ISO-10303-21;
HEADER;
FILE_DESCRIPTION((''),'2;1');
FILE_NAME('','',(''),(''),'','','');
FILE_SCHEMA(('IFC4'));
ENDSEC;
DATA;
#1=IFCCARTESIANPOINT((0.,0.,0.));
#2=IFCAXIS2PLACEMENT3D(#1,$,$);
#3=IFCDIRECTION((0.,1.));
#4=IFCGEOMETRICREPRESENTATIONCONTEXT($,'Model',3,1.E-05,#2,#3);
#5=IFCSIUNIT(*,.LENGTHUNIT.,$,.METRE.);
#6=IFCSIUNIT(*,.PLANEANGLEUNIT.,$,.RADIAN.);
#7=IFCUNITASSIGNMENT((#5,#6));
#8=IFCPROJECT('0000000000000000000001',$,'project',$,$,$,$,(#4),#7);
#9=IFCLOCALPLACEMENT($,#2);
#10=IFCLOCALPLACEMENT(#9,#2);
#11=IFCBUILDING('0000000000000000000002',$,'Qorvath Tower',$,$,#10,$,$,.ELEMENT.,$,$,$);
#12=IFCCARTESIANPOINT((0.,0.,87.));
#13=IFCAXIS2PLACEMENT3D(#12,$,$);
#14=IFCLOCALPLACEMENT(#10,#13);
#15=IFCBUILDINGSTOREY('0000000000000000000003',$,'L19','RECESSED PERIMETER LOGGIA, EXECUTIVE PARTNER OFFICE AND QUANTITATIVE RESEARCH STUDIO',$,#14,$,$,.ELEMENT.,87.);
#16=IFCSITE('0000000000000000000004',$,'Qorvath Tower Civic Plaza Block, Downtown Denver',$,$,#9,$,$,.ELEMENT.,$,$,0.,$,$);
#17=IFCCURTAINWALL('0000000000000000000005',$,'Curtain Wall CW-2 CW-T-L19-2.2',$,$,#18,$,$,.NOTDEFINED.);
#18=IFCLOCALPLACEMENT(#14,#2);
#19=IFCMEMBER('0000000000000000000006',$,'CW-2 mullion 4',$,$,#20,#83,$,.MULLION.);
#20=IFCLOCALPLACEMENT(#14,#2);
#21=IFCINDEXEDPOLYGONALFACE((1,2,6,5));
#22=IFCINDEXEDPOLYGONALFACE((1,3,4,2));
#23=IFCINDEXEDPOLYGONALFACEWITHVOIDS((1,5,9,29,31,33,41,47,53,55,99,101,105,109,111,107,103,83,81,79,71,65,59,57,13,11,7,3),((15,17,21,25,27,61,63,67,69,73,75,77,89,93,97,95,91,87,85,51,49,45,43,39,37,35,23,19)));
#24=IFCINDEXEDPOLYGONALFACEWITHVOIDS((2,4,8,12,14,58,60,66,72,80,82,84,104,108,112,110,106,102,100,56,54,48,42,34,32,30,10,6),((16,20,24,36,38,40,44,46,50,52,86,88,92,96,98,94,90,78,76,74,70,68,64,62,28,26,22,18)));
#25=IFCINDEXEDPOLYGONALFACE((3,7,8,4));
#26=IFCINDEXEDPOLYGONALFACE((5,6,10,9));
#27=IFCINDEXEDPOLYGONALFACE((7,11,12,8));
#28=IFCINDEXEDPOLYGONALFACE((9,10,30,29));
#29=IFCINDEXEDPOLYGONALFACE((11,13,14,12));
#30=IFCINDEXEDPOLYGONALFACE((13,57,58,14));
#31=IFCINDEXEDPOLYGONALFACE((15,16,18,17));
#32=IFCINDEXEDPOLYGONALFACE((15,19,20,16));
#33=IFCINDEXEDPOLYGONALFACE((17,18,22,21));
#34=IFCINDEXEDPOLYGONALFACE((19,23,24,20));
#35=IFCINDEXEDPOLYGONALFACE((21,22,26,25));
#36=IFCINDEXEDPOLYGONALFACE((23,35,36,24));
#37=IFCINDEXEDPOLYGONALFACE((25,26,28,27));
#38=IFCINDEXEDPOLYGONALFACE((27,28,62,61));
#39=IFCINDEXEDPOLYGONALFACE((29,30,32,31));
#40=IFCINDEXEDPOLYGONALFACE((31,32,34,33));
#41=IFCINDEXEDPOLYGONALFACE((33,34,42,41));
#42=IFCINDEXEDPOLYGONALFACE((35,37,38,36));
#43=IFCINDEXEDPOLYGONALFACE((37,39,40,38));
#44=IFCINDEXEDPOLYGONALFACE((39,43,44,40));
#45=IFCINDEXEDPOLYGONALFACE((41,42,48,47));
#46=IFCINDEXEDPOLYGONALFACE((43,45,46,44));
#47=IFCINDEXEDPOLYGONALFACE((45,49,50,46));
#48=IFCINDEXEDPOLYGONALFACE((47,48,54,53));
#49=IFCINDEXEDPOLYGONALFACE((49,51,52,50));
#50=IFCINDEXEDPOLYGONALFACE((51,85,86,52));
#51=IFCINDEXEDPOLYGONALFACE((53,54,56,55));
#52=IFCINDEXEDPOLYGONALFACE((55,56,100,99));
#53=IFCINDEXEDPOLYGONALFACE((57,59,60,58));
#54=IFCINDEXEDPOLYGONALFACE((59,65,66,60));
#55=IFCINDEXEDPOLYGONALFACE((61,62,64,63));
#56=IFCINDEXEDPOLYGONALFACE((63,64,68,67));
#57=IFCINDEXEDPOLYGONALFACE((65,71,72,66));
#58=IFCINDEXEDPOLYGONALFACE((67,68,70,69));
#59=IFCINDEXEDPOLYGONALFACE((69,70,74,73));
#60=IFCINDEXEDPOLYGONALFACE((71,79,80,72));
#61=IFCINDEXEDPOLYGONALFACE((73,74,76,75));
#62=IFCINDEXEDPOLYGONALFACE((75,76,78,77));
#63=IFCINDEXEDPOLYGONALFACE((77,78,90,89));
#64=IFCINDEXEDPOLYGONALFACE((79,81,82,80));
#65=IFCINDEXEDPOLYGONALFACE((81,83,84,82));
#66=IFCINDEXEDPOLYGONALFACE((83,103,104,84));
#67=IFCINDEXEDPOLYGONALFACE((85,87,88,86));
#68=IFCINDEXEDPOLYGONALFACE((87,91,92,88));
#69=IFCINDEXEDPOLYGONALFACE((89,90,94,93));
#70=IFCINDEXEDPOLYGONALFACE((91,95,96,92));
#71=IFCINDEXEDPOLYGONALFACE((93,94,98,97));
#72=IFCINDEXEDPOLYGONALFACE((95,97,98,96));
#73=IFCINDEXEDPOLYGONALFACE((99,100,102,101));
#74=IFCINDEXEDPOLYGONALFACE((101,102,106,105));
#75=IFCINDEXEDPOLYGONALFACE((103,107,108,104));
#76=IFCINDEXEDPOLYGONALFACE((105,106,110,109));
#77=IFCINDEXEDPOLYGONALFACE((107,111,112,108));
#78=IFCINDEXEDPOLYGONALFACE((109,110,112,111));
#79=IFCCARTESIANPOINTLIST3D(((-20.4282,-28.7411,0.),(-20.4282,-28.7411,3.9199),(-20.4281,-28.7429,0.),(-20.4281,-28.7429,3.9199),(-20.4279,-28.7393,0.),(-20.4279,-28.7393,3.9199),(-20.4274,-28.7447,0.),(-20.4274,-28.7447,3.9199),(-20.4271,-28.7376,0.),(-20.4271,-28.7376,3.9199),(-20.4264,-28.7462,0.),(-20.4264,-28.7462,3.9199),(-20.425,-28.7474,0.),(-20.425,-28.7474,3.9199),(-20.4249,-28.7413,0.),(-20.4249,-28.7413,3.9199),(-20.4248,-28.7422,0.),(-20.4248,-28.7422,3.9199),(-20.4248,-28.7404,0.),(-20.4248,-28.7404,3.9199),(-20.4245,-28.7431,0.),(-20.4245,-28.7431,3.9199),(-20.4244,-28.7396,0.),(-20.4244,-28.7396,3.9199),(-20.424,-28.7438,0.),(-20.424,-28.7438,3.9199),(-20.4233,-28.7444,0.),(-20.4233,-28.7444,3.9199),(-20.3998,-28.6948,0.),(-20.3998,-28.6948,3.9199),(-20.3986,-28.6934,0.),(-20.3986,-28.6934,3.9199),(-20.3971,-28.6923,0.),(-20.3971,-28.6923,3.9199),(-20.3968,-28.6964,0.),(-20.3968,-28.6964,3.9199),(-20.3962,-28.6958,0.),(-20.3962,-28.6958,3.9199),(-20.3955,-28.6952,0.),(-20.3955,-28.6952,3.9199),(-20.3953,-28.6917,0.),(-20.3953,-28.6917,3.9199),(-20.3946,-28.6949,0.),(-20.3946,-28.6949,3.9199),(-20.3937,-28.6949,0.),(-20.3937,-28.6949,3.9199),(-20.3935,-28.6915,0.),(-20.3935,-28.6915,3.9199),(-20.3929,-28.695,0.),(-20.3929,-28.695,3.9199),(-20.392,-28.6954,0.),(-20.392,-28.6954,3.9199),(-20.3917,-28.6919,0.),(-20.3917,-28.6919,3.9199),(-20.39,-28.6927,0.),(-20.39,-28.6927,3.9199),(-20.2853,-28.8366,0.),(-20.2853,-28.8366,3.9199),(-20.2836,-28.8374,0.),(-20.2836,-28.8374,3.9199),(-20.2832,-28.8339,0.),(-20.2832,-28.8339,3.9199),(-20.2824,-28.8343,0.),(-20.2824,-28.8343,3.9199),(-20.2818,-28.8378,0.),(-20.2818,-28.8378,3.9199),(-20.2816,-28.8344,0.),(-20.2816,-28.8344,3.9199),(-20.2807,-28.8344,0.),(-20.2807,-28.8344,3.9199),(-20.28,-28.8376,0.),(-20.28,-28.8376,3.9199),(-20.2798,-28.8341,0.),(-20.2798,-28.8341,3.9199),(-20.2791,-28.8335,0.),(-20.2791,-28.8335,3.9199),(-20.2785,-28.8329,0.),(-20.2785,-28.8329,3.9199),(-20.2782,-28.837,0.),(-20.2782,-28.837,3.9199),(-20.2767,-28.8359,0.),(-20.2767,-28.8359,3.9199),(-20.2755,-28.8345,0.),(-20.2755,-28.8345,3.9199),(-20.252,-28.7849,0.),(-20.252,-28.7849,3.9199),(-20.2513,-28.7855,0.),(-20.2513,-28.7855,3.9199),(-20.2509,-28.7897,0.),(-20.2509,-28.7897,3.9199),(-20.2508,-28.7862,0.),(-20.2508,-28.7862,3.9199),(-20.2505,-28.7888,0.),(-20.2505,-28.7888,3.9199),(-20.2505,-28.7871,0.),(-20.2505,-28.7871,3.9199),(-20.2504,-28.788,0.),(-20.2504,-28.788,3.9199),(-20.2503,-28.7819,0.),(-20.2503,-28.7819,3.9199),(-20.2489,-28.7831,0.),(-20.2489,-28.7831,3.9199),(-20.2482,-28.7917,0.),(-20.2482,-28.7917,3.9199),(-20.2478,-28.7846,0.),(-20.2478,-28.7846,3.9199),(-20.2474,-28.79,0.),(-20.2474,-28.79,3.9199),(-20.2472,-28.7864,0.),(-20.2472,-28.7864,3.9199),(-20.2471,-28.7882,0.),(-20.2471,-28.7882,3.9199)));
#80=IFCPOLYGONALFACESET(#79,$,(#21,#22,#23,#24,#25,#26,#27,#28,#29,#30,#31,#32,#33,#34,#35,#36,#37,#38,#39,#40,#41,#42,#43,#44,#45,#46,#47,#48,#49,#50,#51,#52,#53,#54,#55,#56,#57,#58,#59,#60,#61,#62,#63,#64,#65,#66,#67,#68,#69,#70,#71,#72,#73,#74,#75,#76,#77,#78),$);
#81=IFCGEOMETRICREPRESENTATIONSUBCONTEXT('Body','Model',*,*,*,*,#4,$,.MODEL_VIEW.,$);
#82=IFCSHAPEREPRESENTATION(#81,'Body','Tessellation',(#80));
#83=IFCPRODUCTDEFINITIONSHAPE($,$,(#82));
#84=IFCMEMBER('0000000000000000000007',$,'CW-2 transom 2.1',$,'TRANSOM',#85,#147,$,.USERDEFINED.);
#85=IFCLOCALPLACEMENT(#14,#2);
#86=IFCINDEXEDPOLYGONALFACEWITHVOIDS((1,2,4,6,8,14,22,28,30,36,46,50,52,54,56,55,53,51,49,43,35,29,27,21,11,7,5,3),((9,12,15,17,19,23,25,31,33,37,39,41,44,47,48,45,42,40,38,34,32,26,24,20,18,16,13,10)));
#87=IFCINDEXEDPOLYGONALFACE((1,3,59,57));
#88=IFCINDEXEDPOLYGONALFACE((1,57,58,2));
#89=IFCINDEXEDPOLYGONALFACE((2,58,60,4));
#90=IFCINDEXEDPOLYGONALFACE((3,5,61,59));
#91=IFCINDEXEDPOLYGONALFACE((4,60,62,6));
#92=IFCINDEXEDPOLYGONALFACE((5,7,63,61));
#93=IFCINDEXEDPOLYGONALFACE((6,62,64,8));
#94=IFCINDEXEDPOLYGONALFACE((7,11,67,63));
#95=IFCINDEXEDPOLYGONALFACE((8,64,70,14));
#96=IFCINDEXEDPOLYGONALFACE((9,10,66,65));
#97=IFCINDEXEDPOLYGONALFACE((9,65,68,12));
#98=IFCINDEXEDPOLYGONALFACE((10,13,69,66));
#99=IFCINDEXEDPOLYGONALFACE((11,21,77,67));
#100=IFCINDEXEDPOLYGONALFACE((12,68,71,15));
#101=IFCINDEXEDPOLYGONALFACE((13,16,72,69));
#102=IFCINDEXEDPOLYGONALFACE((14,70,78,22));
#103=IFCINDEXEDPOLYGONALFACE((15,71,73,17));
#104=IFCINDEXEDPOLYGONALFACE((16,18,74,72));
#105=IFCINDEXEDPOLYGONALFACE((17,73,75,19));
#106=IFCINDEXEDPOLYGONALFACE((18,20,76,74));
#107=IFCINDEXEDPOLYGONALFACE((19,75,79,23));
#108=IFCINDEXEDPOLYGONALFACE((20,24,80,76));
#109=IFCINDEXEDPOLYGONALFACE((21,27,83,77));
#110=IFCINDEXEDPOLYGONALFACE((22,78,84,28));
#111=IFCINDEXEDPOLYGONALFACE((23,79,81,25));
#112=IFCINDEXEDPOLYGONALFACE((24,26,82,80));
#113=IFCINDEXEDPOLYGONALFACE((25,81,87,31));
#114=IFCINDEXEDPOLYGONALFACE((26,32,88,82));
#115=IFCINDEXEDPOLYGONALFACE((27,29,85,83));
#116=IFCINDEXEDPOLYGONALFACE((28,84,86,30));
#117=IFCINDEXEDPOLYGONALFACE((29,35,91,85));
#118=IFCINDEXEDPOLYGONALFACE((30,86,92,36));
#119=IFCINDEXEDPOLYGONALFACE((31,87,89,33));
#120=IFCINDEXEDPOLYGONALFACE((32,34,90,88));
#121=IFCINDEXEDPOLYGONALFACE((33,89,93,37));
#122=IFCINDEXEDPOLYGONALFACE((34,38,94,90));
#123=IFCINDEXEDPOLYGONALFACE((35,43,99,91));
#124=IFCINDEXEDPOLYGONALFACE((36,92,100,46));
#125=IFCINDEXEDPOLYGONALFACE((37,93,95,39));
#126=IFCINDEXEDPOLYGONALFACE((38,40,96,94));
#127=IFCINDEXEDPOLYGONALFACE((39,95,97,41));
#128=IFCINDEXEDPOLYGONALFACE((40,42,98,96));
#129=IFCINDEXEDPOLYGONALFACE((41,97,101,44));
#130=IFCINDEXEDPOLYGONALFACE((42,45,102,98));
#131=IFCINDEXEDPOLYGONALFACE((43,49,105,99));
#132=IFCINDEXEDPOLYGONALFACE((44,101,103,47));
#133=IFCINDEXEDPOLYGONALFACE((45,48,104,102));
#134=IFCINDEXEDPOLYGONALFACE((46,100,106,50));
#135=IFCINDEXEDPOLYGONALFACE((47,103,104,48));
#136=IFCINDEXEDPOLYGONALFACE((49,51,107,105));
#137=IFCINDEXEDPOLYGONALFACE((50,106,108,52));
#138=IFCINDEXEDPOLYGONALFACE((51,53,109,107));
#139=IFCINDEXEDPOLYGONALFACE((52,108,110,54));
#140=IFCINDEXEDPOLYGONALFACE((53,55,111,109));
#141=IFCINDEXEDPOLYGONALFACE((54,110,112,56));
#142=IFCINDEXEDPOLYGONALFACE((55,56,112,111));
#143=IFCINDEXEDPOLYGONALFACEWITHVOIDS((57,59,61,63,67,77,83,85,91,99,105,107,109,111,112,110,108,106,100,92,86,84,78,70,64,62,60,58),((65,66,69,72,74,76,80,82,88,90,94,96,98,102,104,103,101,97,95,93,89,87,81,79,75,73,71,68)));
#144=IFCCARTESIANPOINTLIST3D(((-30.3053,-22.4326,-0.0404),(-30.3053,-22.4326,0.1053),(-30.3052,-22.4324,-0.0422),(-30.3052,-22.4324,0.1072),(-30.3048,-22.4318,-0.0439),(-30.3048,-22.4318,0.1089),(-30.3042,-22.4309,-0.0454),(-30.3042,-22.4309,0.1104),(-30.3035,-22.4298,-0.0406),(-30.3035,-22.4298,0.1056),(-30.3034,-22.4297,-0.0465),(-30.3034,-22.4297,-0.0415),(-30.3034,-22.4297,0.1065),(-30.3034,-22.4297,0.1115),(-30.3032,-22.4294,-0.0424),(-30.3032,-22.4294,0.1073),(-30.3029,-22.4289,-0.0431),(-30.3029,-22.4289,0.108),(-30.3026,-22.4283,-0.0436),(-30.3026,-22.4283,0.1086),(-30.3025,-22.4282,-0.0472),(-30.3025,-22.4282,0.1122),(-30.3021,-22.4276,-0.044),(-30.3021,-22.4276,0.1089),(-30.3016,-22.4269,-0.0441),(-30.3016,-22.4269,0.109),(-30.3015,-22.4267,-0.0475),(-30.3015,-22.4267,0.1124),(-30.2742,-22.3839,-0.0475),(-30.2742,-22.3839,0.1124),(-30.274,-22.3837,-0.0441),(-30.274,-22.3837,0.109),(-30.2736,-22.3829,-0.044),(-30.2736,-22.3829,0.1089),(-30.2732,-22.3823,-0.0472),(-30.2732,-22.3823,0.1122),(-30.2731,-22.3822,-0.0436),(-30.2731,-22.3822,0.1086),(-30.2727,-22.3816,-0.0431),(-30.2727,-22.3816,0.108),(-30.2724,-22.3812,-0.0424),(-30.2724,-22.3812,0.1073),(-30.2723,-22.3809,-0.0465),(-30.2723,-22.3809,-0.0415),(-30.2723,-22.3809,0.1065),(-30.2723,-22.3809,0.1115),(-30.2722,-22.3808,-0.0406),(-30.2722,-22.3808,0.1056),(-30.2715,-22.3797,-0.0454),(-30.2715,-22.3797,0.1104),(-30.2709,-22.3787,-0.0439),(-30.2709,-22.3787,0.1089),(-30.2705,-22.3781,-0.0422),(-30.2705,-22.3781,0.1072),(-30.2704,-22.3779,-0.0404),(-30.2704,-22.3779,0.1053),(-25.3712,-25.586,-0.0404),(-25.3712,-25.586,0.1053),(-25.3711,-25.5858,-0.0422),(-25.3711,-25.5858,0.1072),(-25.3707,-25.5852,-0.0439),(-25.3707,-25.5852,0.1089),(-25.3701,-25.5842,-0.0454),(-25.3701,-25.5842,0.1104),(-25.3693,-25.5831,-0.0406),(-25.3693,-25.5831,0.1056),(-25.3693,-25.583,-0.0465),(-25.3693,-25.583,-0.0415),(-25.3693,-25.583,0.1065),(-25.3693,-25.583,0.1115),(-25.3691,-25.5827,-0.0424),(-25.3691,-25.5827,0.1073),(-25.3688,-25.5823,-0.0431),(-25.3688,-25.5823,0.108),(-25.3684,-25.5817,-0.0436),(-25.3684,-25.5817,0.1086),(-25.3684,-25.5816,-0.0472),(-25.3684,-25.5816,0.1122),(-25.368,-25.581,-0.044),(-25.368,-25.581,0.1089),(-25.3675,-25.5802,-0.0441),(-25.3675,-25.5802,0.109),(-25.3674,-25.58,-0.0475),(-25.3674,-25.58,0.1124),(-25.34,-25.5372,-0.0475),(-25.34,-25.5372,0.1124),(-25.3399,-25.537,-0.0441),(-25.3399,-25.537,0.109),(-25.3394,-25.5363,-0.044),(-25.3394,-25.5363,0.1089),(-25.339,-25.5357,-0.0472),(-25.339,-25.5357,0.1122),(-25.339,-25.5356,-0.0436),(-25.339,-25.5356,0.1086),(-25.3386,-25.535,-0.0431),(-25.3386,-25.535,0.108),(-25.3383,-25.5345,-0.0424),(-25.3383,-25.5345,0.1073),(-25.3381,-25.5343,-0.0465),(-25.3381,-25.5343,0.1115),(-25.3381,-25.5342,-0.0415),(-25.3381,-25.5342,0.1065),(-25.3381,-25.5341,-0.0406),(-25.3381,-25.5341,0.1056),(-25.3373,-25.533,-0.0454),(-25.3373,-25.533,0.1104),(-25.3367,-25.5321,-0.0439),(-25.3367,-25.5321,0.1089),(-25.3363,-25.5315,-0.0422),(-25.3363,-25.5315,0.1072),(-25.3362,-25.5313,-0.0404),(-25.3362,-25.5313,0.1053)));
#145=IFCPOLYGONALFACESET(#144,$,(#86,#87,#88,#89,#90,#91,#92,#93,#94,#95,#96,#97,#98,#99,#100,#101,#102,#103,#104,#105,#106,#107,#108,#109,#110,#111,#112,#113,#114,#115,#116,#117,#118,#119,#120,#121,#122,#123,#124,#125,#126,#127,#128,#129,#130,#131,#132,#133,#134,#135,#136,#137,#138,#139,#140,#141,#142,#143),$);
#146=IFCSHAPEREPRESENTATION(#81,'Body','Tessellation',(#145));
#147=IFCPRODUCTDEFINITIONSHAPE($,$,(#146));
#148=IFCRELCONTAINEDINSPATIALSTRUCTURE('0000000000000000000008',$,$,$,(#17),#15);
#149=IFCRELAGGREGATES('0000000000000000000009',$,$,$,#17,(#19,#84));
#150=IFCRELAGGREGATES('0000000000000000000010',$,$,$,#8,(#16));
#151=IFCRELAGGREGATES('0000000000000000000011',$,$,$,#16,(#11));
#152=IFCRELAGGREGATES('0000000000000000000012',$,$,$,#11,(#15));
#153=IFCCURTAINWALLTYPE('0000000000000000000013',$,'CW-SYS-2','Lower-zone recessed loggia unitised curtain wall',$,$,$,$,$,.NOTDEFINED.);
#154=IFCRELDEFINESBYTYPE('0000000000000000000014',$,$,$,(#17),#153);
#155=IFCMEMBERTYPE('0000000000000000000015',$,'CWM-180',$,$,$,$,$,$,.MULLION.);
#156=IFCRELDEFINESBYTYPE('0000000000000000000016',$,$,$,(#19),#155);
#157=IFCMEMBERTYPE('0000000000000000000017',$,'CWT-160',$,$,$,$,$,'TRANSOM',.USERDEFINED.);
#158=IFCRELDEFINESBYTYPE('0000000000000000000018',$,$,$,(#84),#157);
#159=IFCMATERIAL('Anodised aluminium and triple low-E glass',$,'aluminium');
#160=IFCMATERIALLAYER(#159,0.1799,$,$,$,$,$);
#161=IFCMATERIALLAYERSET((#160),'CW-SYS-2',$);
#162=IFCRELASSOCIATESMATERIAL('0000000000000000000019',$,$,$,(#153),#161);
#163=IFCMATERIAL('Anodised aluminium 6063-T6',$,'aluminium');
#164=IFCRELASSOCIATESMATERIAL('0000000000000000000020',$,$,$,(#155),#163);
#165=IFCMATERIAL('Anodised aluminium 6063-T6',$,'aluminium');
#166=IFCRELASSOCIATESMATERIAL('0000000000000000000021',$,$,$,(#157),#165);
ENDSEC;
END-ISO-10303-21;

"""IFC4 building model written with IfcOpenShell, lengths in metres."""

from ifc_helpers import new_model, si_unit, direction, frame, origin, origin_2d, place, context, subcontext, project, spatial, hollow_rectangle, extrude, material, layer, layer_set, material_profile, profile_set, type_object, element, aggregate, save


model = new_model("IFC4")

# Units and contexts
model_context = context("Model", 3, precision=1e-05, world=origin(), true_north=direction((0.0, 1.0)))
body_context = subcontext(model_context, "Body", "Model", "MODEL_VIEW")
ifc_project = project(units=[si_unit("LENGTHUNIT", "METRE"), si_unit("PLANEANGLEUNIT", "RADIAN")], contexts=[model_context])

# Site, building, storey
site_placement = place(None, origin())
site = spatial("IfcSite", under=ifc_project, at=site_placement, Name="Qorvath Tower Civic Plaza Block, Downtown Denver", CompositionType="ELEMENT", RefElevation=0.0)
building_placement = place(site_placement, origin())
building = spatial("IfcBuilding", under=site, at=building_placement, Name="Qorvath Tower", CompositionType="ELEMENT")
storey_placement = place(building_placement, frame((0.0, 0.0, 87.0)))
storey = spatial("IfcBuildingStorey", under=building, at=storey_placement, Name="L19", Description="RECESSED PERIMETER LOGGIA, EXECUTIVE PARTNER OFFICE AND QUANTITATIVE RESEARCH STUDIO", CompositionType="ELEMENT", Elevation=87.0)

# Curtain wall, members
ifc_material_1 = material(Name="Anodised aluminium and triple low-E glass", Category="aluminium")
ifc_layer_1 = layer(ifc_material_1, 0.1799)
ifc_layer_set_1 = layer_set([ifc_layer_1], Name="CW-SYS-2")
curtain_wall_type = type_object("IfcCurtainWallType", Name="CW-SYS-2", Description="Lower-zone recessed loggia unitised curtain wall", PredefinedType="NOTDEFINED", material=ifc_layer_set_1)
curtain_wall_placement = place(storey_placement, origin())
curtain_wall = element("IfcCurtainWall", 1, at=curtain_wall_placement, inside=storey, type_object=curtain_wall_type, Name="Curtain Wall CW-2 CW-T-L19-2.2", PredefinedType="NOTDEFINED")
ifc_material_2 = material(Name="Anodised aluminium 6063-T6", Category="aluminium")
ifc_material_profile_1 = material_profile(ifc_material_2, hollow_rectangle(XDim=0.0649, YDim=0.1799, WallThickness=0.0034, InnerFilletRadius=0.0034, OuterFilletRadius=0.0071, at=origin_2d()), Name="CWM 180x65")
ifc_profile_set_1 = profile_set([ifc_material_profile_1], Name="Anodised aluminium 6063-T6")
member_type_1 = type_object("IfcMemberType", Name="CWM-180", PredefinedType="MULLION", material=ifc_profile_set_1)
member_1_placement = place(storey_placement, frame((-20.3376, -28.7646, 0.0), z_axis=(0.0, 0.0, 1.0), x_axis=(0.538533, 0.842604, 0.0)))
member_1 = element("IfcMember", 2, at=member_1_placement, type_object=member_type_1, Name="CW-2 mullion 4", PredefinedType="MULLION", context=body_context, shape_type="SweptSolid", body=[
    extrude(hollow_rectangle(XDim=0.0649, YDim=0.1799, WallThickness=0.0034, InnerFilletRadius=0.0034, OuterFilletRadius=0.0071, at=origin_2d()), origin(), (0.0, 0.0, 1.0), 3.9199),
])
ifc_material_3 = material(Name="Anodised aluminium 6063-T6", Category="aluminium")
ifc_material_profile_2 = material_profile(ifc_material_3, hollow_rectangle(XDim=0.0649, YDim=0.1599, WallThickness=0.0034, InnerFilletRadius=0.0034, OuterFilletRadius=0.0071, at=origin_2d()), Name="CWT 160x65")
ifc_profile_set_2 = profile_set([ifc_material_profile_2], Name="Anodised aluminium 6063-T6")
member_type_2 = type_object("IfcMemberType", Name="CWT-160", ElementType="TRANSOM", PredefinedType="USERDEFINED", material=ifc_profile_set_2)
member_2_placement = place(storey_placement, frame((-30.2878, -22.4053, 0.0325), z_axis=(0.84262, -0.538509, 0.0), x_axis=(0.538509, 0.84262, 0.0)))
member_2 = element("IfcMember", 3, at=member_2_placement, type_object=member_type_2, Name="CW-2 transom 2.1", ObjectType="TRANSOM", PredefinedType="USERDEFINED", context=body_context, shape_type="SweptSolid", body=[
    extrude(hollow_rectangle(XDim=0.0649, YDim=0.1599, WallThickness=0.0034, InnerFilletRadius=0.0034, OuterFilletRadius=0.0071, at=origin_2d()), origin(), (0.0, 0.0, 1.0), 5.8557),
])
aggregate(curtain_wall, [member_1, member_2])

save(model, "model.ifc")
